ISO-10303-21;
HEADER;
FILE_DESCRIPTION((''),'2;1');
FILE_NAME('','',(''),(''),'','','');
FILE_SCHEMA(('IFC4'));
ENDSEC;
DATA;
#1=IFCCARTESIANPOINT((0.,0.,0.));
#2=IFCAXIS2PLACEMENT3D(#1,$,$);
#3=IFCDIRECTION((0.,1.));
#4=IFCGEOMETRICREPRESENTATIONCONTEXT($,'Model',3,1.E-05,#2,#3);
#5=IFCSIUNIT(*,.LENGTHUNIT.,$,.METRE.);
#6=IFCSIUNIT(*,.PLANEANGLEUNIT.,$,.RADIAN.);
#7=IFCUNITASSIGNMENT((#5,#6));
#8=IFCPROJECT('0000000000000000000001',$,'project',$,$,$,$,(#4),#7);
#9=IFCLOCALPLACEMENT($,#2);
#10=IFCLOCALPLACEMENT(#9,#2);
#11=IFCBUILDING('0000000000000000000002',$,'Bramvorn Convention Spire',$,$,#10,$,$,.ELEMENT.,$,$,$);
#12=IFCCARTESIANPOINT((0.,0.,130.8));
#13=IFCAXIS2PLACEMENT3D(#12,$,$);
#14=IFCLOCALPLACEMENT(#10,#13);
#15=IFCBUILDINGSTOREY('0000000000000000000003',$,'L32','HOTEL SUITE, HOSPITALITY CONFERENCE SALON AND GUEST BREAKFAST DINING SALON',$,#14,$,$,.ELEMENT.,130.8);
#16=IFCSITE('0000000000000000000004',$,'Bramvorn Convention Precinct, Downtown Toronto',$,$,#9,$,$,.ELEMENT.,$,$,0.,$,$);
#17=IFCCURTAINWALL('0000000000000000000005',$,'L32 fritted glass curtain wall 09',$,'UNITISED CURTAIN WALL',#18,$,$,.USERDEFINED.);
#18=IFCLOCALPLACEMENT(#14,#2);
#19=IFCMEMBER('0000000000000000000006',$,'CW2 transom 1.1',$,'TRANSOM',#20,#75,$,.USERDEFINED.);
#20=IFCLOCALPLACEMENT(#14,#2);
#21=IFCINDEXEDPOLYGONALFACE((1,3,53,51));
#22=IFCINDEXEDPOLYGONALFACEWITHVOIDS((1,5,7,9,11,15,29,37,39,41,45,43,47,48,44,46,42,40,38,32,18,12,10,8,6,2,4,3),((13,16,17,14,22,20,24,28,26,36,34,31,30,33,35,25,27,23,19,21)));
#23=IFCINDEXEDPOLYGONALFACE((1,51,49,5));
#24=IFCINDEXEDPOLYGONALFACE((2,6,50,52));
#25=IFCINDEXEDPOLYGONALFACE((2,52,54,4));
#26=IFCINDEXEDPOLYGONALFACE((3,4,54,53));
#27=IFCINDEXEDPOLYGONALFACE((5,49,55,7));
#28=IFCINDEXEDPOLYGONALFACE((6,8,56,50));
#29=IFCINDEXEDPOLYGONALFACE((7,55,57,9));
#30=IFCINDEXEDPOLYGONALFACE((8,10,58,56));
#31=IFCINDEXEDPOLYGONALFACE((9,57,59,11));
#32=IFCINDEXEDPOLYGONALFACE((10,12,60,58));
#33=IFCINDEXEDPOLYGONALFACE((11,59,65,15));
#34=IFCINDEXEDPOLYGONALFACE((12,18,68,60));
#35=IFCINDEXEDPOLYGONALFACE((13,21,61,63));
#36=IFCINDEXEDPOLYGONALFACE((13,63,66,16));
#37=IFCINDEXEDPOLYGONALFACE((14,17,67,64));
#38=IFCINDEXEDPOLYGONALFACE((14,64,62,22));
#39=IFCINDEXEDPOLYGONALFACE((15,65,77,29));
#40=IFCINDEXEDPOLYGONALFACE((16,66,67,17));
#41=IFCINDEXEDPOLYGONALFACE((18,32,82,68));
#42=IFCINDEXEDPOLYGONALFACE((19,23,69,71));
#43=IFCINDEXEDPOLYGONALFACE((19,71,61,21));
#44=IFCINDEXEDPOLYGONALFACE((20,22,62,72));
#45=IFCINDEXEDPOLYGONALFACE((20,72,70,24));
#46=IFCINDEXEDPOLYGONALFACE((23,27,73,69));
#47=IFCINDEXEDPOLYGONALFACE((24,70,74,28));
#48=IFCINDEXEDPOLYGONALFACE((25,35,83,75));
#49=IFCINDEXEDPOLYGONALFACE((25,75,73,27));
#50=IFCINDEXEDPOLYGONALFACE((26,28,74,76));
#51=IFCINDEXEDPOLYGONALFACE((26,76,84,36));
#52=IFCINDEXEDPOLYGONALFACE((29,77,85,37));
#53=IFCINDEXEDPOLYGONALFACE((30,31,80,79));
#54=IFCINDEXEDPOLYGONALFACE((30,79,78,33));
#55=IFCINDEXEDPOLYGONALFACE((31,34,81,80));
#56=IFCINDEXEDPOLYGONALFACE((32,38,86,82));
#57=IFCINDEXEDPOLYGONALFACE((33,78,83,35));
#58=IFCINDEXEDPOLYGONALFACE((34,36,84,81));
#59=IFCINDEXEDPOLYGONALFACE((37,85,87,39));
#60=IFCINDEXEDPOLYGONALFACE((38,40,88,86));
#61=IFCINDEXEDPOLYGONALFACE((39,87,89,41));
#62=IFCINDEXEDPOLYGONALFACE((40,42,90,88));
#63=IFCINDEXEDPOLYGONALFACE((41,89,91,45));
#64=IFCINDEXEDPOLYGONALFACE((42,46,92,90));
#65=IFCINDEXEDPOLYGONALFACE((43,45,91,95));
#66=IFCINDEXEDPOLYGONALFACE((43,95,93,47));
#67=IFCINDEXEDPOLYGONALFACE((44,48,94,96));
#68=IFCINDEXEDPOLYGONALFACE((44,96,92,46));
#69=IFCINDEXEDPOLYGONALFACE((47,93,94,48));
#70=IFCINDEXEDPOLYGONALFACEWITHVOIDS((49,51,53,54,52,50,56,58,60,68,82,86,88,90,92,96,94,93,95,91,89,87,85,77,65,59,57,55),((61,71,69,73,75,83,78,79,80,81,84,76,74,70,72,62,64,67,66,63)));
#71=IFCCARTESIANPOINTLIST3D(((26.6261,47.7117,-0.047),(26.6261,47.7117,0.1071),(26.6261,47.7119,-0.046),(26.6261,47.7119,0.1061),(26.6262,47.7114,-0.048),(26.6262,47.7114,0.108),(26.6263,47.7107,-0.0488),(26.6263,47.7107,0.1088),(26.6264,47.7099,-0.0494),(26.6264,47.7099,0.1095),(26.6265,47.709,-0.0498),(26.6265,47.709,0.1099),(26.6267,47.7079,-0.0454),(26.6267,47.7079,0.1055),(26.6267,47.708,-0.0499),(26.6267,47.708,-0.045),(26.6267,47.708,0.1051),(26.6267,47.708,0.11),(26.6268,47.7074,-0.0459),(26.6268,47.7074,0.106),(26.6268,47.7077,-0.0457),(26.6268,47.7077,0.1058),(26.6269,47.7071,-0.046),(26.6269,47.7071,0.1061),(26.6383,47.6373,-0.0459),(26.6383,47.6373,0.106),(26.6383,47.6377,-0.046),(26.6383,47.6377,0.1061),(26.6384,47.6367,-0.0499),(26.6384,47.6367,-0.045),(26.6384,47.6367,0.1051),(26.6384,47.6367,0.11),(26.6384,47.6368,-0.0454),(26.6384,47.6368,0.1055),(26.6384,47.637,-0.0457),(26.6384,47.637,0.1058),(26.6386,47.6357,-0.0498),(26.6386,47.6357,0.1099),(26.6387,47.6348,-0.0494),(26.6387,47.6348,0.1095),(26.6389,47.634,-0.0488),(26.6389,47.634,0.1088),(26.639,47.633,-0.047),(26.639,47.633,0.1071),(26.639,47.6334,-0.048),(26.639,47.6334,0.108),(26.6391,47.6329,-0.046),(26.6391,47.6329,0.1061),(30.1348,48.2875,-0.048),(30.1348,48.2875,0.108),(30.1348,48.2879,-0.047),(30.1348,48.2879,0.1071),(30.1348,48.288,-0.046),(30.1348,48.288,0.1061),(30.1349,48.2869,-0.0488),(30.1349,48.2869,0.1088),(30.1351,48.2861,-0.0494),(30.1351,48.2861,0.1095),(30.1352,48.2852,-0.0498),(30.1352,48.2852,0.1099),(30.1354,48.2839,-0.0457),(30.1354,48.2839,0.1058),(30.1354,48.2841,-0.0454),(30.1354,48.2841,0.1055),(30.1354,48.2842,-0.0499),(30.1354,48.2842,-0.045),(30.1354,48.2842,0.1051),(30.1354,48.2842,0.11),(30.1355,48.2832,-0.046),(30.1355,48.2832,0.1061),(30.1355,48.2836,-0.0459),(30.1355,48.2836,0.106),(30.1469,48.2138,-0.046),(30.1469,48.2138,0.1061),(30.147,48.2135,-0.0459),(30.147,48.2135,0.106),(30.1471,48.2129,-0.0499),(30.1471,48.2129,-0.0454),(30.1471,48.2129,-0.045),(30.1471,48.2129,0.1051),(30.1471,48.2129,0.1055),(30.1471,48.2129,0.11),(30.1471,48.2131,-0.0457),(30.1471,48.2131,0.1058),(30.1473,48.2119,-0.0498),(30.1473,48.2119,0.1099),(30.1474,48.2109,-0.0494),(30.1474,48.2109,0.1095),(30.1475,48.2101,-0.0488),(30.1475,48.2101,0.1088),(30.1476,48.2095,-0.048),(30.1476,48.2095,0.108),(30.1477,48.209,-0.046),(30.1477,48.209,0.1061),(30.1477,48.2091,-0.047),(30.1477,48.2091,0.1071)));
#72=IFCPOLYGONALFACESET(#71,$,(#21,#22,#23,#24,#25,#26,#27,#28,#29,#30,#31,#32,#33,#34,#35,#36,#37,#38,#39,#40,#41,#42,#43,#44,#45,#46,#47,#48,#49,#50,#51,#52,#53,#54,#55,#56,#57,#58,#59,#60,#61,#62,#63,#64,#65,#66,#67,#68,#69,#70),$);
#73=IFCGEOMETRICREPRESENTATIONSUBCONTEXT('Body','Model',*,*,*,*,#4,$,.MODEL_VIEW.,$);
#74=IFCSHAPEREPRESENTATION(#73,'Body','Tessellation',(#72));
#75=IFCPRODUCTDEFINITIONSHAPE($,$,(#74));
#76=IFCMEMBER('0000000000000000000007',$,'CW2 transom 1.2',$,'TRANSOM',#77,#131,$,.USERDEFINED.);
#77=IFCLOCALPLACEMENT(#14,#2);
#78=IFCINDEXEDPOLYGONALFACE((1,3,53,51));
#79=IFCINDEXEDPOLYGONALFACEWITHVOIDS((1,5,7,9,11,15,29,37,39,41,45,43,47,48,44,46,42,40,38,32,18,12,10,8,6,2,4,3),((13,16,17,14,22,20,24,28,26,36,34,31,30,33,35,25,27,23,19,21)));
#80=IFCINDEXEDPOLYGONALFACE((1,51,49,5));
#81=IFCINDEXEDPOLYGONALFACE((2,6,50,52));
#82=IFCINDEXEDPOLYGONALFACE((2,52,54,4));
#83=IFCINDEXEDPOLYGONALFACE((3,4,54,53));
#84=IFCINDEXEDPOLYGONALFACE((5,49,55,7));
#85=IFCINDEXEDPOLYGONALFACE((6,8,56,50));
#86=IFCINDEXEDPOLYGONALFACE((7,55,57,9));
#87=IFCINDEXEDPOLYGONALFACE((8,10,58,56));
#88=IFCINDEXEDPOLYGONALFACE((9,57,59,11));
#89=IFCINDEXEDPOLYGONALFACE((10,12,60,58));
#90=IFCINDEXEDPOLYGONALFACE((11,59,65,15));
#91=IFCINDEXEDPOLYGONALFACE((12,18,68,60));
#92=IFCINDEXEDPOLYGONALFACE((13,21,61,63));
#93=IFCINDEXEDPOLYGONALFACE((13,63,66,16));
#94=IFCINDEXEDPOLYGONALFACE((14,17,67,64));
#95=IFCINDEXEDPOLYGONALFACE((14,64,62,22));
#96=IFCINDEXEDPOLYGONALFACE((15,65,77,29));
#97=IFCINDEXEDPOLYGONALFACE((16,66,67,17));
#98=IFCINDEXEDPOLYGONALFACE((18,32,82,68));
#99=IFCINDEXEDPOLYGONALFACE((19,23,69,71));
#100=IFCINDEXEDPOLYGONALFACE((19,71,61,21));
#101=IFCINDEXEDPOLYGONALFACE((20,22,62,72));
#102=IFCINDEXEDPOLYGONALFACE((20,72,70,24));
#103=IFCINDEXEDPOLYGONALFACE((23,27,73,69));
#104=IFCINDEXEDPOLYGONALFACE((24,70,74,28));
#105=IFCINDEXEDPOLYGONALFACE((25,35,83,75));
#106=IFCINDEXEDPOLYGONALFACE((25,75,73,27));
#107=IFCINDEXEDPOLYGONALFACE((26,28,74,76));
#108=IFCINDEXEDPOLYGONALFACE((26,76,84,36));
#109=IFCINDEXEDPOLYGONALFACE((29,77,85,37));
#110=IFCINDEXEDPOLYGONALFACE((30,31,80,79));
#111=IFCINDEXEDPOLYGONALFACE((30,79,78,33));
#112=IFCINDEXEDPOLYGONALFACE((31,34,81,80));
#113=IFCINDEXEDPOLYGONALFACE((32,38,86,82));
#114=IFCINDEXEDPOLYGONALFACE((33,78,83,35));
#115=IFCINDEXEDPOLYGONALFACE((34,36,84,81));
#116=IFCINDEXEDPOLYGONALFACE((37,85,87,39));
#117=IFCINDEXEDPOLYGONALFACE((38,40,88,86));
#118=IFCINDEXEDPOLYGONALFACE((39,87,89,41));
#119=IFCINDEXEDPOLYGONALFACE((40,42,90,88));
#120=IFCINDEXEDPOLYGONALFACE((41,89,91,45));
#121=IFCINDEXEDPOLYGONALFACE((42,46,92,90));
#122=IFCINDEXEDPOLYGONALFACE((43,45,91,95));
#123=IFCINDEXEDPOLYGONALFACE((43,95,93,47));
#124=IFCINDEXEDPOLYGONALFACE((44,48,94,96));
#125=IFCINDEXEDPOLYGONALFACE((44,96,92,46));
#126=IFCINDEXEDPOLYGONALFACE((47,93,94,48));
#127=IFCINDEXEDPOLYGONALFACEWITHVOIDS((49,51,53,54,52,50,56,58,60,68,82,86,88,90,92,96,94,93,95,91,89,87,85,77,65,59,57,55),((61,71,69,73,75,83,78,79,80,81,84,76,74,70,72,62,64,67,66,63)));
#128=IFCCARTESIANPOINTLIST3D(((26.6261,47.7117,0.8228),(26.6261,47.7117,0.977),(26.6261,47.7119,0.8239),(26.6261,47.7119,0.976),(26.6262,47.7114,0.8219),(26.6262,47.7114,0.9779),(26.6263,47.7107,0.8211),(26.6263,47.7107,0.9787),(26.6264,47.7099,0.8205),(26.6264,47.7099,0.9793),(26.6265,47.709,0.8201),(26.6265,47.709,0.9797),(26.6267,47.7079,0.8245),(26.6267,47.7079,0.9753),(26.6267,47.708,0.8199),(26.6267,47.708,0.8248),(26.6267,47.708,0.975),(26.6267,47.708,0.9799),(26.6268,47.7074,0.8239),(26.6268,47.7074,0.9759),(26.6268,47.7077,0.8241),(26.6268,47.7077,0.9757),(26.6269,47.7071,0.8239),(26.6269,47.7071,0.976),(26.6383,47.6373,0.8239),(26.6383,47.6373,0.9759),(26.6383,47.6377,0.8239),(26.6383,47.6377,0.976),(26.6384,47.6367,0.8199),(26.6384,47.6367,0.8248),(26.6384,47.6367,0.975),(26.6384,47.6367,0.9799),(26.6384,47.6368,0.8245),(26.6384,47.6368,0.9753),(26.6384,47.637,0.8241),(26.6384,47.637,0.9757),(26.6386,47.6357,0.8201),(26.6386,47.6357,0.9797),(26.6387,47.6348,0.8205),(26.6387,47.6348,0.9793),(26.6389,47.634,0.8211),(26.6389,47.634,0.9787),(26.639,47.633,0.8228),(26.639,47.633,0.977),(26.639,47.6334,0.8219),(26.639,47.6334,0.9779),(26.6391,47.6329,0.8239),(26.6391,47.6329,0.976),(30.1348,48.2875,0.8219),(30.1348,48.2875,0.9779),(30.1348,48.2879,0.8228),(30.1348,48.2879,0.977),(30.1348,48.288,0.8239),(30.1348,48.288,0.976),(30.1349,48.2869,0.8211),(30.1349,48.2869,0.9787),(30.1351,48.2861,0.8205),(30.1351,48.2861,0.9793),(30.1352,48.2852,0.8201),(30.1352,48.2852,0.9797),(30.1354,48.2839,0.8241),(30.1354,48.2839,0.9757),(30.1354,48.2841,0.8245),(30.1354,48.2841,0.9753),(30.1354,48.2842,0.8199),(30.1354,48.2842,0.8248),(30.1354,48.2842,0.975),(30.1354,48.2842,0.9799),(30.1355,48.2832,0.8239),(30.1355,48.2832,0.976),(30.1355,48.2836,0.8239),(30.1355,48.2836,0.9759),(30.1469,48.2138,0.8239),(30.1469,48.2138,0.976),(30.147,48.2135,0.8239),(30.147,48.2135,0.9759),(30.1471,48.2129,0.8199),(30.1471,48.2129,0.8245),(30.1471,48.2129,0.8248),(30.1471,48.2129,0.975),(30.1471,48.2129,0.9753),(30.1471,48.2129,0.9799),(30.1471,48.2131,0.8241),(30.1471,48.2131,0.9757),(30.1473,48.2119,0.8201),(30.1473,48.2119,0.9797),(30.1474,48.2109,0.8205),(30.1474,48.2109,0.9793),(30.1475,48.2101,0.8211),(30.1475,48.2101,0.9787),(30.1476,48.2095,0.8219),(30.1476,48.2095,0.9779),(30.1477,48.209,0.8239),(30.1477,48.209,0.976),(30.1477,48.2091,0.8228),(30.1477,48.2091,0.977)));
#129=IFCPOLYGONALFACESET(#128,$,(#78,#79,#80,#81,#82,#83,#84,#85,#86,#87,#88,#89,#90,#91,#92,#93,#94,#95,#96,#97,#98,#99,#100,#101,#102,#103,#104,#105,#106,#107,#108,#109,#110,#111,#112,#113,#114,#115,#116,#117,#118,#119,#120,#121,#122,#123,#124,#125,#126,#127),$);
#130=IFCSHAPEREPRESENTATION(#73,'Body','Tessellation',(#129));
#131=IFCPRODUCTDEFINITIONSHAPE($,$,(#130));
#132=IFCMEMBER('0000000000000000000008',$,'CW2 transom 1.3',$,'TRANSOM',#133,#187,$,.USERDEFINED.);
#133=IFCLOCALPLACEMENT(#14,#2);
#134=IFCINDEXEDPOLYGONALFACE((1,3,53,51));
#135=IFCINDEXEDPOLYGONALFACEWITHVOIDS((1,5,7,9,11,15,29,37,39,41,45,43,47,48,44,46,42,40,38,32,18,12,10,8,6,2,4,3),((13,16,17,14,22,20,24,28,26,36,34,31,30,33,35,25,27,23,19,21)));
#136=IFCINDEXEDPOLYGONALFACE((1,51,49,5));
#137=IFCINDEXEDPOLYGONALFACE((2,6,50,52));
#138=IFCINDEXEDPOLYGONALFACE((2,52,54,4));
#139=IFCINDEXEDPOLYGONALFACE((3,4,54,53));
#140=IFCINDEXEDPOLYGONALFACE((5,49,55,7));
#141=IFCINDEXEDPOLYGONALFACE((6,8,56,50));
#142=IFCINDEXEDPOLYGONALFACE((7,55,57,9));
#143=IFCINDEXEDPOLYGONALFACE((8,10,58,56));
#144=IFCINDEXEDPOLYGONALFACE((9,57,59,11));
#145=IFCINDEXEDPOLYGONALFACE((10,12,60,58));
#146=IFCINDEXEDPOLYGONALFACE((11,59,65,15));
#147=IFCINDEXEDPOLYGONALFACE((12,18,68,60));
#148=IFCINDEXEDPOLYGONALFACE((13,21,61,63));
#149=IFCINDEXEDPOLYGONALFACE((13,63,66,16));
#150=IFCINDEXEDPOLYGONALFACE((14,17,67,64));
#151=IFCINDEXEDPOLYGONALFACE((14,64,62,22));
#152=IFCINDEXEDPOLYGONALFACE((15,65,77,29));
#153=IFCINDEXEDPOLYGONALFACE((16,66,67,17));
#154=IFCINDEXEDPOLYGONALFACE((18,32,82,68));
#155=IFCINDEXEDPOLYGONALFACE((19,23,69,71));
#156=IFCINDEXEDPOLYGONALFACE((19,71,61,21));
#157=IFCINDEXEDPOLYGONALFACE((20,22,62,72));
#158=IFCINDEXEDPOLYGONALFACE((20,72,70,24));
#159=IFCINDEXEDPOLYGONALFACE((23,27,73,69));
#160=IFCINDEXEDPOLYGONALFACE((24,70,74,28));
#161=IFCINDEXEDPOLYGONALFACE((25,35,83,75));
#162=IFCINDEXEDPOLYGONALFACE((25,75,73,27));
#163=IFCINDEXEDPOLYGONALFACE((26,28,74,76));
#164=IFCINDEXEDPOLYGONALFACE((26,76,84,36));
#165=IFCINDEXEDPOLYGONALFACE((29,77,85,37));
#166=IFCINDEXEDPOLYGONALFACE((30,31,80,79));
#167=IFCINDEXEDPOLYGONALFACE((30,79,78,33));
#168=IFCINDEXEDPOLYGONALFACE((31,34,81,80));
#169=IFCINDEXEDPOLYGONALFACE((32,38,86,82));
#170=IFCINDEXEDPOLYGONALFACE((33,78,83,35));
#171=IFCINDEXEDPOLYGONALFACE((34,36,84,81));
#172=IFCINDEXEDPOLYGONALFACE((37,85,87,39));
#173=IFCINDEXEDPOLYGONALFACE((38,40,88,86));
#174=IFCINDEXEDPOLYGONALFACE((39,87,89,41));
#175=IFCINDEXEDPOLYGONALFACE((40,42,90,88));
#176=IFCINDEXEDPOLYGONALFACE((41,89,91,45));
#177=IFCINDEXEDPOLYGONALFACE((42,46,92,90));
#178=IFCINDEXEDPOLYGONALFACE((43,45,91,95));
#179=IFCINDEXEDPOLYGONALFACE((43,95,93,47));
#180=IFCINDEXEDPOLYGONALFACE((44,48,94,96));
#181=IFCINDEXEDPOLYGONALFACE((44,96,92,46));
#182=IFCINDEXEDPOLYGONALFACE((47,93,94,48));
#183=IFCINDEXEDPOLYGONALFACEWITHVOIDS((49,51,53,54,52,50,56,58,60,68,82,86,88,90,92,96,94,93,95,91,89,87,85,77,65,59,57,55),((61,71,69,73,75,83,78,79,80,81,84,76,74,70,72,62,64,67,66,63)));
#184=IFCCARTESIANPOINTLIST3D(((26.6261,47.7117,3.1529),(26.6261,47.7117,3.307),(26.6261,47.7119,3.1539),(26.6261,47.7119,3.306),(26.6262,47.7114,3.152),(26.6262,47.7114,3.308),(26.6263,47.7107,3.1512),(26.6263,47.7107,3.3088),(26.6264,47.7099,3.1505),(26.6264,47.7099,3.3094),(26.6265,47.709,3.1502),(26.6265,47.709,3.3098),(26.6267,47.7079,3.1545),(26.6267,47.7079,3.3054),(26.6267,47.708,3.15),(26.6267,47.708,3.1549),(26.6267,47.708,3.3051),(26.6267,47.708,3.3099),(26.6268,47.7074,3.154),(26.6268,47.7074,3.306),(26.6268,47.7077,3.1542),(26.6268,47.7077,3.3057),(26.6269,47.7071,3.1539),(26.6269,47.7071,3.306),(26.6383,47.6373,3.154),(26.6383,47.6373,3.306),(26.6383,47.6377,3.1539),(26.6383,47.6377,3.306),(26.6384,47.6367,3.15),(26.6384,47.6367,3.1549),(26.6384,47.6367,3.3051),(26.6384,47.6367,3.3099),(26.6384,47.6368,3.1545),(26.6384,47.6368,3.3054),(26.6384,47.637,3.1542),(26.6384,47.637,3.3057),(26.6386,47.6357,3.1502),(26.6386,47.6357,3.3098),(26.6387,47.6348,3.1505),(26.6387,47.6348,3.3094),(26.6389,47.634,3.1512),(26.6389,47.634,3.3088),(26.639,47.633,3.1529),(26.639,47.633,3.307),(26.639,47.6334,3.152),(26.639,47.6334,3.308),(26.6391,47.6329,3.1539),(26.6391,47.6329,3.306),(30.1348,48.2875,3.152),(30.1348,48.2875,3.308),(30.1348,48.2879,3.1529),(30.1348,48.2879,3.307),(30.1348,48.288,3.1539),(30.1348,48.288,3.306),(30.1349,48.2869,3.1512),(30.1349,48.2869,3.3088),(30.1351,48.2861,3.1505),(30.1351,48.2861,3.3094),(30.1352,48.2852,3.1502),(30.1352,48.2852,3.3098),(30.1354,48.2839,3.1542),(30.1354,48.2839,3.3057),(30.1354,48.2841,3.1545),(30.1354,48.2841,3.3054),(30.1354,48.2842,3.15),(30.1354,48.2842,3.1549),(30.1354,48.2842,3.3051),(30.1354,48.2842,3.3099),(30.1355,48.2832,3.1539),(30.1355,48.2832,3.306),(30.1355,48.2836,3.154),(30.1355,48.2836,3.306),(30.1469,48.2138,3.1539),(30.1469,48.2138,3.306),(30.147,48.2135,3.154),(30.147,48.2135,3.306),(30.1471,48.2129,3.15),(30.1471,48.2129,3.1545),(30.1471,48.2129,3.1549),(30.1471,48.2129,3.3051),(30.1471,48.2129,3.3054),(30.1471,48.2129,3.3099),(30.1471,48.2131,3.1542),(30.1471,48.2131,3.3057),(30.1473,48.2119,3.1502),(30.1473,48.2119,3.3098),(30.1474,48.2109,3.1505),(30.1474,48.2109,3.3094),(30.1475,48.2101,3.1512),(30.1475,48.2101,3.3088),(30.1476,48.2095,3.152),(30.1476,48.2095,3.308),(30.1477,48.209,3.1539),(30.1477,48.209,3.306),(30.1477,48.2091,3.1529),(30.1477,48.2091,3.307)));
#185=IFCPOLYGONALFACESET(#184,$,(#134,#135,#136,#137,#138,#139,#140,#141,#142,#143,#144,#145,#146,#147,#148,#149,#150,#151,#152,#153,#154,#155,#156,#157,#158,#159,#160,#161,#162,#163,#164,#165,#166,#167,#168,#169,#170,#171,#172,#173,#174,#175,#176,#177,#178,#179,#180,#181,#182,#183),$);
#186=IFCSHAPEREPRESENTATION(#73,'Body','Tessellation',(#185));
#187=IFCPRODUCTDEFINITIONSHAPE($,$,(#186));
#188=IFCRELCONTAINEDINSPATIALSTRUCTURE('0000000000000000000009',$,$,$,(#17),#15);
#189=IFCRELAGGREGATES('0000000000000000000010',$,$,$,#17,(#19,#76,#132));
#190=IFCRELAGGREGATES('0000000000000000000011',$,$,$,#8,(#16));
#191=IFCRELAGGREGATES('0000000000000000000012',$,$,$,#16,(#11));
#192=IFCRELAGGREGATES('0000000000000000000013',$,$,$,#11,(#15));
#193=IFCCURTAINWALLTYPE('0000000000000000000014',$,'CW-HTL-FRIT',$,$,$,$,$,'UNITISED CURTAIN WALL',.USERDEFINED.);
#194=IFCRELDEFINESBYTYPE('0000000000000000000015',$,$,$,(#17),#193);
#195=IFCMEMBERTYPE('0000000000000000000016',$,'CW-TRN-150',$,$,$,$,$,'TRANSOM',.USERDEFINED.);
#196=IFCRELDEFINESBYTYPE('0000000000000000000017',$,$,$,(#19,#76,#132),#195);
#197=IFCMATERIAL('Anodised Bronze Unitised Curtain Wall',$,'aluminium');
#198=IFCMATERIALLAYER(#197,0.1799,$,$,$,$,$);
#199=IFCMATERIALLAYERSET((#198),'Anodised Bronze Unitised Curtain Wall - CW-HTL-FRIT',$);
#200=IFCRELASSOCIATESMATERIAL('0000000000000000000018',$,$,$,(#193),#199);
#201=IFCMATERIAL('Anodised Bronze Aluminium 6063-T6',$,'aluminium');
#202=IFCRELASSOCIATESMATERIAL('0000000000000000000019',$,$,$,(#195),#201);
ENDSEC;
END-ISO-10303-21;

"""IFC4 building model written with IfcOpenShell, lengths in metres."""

from ifc_helpers import new_model, si_unit, direction, frame, origin, origin_2d, place, context, subcontext, project, spatial, hollow_rectangle, extrude, material, layer, layer_set, material_profile, profile_set, type_object, element, aggregate, save


model = new_model("IFC4")

# Units and contexts
model_context = context("Model", 3, precision=1e-05, world=origin(), true_north=direction((0.0, 1.0)))
body_context = subcontext(model_context, "Body", "Model", "MODEL_VIEW")
ifc_project = project(units=[si_unit("LENGTHUNIT", "METRE"), si_unit("PLANEANGLEUNIT", "RADIAN")], contexts=[model_context])

# Site, building, storey
site_placement = place(None, origin())
site = spatial("IfcSite", under=ifc_project, at=site_placement, Name="Bramvorn Convention Precinct, Downtown Toronto", CompositionType="ELEMENT", RefElevation=0.0)
building_placement = place(site_placement, origin())
building = spatial("IfcBuilding", under=site, at=building_placement, Name="Bramvorn Convention Spire", CompositionType="ELEMENT")
storey_placement = place(building_placement, frame((0.0, 0.0, 130.8)))
storey = spatial("IfcBuildingStorey", under=building, at=storey_placement, Name="L32", Description="HOTEL SUITE, HOSPITALITY CONFERENCE SALON AND GUEST BREAKFAST DINING SALON", CompositionType="ELEMENT", Elevation=130.8)

# Shared definitions
ifc_material_1 = material(Name="Anodised Bronze Unitised Curtain Wall", Category="aluminium")
ifc_layer_1 = layer(ifc_material_1, 0.1799)
ifc_layer_set_1 = layer_set([ifc_layer_1], Name="Anodised Bronze Unitised Curtain Wall - CW-HTL-FRIT")
curtain_wall_type = type_object("IfcCurtainWallType", Name="CW-HTL-FRIT", ElementType="UNITISED CURTAIN WALL", PredefinedType="USERDEFINED", material=ifc_layer_set_1)
ifc_material_2 = material(Name="Anodised Bronze Aluminium 6063-T6", Category="aluminium")

# Curtain wall
curtain_wall_1_placement = place(storey_placement, origin())
curtain_wall_1 = element("IfcCurtainWall", 1, at=curtain_wall_1_placement, inside=storey, type_object=curtain_wall_type, Name="L32 fritted glass curtain wall 09", ObjectType="UNITISED CURTAIN WALL", PredefinedType="USERDEFINED")

# Members
ifc_material_profile_1 = material_profile(ifc_material_2, hollow_rectangle(XDim=0.0801, YDim=0.1599, WallThickness=0.0039, InnerFilletRadius=0.001, OuterFilletRadius=0.0039, at=origin_2d()))
ifc_profile_set_1 = profile_set([ifc_material_profile_1], Name="Anodised Bronze Aluminium 6063-T6 - CWT80X160")
member_type_1 = type_object("IfcMemberType", Name="CW-TRN-150", ElementType="TRANSOM", PredefinedType="USERDEFINED", material=ifc_profile_set_1)
member_1_placement = place(storey_placement, frame((26.6326, 47.6724, 0.03), z_axis=(0.986785, 0.162038, 0.0), x_axis=(-0.162038, 0.986785, 0.0)))
member_1 = element("IfcMember", 2, at=member_1_placement, type_object=member_type_1, Name="CW2 transom 1.1", ObjectType="TRANSOM", PredefinedType="USERDEFINED", context=body_context, shape_type="SweptSolid", body=[
    extrude(hollow_rectangle(XDim=0.0801, YDim=0.1599, WallThickness=0.0039, InnerFilletRadius=0.001, OuterFilletRadius=0.0039, at=origin_2d()), origin(), (0.0, 0.0, 1.0), 3.5557),
])
member_2_placement = place(storey_placement, frame((26.6326, 47.6724, 0.8999), z_axis=(0.986785, 0.162038, 0.0), x_axis=(-0.162038, 0.986785, 0.0)))
member_2 = element("IfcMember", 3, at=member_2_placement, type_object=member_type_1, Name="CW2 transom 1.2", ObjectType="TRANSOM", PredefinedType="USERDEFINED", context=body_context, shape_type="SweptSolid", body=[
    extrude(hollow_rectangle(XDim=0.0801, YDim=0.1599, WallThickness=0.0039, InnerFilletRadius=0.001, OuterFilletRadius=0.0039, at=origin_2d()), origin(), (0.0, 0.0, 1.0), 3.5557),
])
member_3_placement = place(storey_placement, frame((26.6326, 47.6724, 3.23), z_axis=(0.986785, 0.162038, 0.0), x_axis=(-0.162038, 0.986785, 0.0)))
member_3 = element("IfcMember", 4, at=member_3_placement, type_object=member_type_1, Name="CW2 transom 1.3", ObjectType="TRANSOM", PredefinedType="USERDEFINED", context=body_context, shape_type="SweptSolid", body=[
    extrude(hollow_rectangle(XDim=0.0801, YDim=0.1599, WallThickness=0.0039, InnerFilletRadius=0.001, OuterFilletRadius=0.0039, at=origin_2d()), origin(), (0.0, 0.0, 1.0), 3.5557),
])

aggregate(curtain_wall_1, [member_1, member_2, member_3])

save(model, "model.ifc")
